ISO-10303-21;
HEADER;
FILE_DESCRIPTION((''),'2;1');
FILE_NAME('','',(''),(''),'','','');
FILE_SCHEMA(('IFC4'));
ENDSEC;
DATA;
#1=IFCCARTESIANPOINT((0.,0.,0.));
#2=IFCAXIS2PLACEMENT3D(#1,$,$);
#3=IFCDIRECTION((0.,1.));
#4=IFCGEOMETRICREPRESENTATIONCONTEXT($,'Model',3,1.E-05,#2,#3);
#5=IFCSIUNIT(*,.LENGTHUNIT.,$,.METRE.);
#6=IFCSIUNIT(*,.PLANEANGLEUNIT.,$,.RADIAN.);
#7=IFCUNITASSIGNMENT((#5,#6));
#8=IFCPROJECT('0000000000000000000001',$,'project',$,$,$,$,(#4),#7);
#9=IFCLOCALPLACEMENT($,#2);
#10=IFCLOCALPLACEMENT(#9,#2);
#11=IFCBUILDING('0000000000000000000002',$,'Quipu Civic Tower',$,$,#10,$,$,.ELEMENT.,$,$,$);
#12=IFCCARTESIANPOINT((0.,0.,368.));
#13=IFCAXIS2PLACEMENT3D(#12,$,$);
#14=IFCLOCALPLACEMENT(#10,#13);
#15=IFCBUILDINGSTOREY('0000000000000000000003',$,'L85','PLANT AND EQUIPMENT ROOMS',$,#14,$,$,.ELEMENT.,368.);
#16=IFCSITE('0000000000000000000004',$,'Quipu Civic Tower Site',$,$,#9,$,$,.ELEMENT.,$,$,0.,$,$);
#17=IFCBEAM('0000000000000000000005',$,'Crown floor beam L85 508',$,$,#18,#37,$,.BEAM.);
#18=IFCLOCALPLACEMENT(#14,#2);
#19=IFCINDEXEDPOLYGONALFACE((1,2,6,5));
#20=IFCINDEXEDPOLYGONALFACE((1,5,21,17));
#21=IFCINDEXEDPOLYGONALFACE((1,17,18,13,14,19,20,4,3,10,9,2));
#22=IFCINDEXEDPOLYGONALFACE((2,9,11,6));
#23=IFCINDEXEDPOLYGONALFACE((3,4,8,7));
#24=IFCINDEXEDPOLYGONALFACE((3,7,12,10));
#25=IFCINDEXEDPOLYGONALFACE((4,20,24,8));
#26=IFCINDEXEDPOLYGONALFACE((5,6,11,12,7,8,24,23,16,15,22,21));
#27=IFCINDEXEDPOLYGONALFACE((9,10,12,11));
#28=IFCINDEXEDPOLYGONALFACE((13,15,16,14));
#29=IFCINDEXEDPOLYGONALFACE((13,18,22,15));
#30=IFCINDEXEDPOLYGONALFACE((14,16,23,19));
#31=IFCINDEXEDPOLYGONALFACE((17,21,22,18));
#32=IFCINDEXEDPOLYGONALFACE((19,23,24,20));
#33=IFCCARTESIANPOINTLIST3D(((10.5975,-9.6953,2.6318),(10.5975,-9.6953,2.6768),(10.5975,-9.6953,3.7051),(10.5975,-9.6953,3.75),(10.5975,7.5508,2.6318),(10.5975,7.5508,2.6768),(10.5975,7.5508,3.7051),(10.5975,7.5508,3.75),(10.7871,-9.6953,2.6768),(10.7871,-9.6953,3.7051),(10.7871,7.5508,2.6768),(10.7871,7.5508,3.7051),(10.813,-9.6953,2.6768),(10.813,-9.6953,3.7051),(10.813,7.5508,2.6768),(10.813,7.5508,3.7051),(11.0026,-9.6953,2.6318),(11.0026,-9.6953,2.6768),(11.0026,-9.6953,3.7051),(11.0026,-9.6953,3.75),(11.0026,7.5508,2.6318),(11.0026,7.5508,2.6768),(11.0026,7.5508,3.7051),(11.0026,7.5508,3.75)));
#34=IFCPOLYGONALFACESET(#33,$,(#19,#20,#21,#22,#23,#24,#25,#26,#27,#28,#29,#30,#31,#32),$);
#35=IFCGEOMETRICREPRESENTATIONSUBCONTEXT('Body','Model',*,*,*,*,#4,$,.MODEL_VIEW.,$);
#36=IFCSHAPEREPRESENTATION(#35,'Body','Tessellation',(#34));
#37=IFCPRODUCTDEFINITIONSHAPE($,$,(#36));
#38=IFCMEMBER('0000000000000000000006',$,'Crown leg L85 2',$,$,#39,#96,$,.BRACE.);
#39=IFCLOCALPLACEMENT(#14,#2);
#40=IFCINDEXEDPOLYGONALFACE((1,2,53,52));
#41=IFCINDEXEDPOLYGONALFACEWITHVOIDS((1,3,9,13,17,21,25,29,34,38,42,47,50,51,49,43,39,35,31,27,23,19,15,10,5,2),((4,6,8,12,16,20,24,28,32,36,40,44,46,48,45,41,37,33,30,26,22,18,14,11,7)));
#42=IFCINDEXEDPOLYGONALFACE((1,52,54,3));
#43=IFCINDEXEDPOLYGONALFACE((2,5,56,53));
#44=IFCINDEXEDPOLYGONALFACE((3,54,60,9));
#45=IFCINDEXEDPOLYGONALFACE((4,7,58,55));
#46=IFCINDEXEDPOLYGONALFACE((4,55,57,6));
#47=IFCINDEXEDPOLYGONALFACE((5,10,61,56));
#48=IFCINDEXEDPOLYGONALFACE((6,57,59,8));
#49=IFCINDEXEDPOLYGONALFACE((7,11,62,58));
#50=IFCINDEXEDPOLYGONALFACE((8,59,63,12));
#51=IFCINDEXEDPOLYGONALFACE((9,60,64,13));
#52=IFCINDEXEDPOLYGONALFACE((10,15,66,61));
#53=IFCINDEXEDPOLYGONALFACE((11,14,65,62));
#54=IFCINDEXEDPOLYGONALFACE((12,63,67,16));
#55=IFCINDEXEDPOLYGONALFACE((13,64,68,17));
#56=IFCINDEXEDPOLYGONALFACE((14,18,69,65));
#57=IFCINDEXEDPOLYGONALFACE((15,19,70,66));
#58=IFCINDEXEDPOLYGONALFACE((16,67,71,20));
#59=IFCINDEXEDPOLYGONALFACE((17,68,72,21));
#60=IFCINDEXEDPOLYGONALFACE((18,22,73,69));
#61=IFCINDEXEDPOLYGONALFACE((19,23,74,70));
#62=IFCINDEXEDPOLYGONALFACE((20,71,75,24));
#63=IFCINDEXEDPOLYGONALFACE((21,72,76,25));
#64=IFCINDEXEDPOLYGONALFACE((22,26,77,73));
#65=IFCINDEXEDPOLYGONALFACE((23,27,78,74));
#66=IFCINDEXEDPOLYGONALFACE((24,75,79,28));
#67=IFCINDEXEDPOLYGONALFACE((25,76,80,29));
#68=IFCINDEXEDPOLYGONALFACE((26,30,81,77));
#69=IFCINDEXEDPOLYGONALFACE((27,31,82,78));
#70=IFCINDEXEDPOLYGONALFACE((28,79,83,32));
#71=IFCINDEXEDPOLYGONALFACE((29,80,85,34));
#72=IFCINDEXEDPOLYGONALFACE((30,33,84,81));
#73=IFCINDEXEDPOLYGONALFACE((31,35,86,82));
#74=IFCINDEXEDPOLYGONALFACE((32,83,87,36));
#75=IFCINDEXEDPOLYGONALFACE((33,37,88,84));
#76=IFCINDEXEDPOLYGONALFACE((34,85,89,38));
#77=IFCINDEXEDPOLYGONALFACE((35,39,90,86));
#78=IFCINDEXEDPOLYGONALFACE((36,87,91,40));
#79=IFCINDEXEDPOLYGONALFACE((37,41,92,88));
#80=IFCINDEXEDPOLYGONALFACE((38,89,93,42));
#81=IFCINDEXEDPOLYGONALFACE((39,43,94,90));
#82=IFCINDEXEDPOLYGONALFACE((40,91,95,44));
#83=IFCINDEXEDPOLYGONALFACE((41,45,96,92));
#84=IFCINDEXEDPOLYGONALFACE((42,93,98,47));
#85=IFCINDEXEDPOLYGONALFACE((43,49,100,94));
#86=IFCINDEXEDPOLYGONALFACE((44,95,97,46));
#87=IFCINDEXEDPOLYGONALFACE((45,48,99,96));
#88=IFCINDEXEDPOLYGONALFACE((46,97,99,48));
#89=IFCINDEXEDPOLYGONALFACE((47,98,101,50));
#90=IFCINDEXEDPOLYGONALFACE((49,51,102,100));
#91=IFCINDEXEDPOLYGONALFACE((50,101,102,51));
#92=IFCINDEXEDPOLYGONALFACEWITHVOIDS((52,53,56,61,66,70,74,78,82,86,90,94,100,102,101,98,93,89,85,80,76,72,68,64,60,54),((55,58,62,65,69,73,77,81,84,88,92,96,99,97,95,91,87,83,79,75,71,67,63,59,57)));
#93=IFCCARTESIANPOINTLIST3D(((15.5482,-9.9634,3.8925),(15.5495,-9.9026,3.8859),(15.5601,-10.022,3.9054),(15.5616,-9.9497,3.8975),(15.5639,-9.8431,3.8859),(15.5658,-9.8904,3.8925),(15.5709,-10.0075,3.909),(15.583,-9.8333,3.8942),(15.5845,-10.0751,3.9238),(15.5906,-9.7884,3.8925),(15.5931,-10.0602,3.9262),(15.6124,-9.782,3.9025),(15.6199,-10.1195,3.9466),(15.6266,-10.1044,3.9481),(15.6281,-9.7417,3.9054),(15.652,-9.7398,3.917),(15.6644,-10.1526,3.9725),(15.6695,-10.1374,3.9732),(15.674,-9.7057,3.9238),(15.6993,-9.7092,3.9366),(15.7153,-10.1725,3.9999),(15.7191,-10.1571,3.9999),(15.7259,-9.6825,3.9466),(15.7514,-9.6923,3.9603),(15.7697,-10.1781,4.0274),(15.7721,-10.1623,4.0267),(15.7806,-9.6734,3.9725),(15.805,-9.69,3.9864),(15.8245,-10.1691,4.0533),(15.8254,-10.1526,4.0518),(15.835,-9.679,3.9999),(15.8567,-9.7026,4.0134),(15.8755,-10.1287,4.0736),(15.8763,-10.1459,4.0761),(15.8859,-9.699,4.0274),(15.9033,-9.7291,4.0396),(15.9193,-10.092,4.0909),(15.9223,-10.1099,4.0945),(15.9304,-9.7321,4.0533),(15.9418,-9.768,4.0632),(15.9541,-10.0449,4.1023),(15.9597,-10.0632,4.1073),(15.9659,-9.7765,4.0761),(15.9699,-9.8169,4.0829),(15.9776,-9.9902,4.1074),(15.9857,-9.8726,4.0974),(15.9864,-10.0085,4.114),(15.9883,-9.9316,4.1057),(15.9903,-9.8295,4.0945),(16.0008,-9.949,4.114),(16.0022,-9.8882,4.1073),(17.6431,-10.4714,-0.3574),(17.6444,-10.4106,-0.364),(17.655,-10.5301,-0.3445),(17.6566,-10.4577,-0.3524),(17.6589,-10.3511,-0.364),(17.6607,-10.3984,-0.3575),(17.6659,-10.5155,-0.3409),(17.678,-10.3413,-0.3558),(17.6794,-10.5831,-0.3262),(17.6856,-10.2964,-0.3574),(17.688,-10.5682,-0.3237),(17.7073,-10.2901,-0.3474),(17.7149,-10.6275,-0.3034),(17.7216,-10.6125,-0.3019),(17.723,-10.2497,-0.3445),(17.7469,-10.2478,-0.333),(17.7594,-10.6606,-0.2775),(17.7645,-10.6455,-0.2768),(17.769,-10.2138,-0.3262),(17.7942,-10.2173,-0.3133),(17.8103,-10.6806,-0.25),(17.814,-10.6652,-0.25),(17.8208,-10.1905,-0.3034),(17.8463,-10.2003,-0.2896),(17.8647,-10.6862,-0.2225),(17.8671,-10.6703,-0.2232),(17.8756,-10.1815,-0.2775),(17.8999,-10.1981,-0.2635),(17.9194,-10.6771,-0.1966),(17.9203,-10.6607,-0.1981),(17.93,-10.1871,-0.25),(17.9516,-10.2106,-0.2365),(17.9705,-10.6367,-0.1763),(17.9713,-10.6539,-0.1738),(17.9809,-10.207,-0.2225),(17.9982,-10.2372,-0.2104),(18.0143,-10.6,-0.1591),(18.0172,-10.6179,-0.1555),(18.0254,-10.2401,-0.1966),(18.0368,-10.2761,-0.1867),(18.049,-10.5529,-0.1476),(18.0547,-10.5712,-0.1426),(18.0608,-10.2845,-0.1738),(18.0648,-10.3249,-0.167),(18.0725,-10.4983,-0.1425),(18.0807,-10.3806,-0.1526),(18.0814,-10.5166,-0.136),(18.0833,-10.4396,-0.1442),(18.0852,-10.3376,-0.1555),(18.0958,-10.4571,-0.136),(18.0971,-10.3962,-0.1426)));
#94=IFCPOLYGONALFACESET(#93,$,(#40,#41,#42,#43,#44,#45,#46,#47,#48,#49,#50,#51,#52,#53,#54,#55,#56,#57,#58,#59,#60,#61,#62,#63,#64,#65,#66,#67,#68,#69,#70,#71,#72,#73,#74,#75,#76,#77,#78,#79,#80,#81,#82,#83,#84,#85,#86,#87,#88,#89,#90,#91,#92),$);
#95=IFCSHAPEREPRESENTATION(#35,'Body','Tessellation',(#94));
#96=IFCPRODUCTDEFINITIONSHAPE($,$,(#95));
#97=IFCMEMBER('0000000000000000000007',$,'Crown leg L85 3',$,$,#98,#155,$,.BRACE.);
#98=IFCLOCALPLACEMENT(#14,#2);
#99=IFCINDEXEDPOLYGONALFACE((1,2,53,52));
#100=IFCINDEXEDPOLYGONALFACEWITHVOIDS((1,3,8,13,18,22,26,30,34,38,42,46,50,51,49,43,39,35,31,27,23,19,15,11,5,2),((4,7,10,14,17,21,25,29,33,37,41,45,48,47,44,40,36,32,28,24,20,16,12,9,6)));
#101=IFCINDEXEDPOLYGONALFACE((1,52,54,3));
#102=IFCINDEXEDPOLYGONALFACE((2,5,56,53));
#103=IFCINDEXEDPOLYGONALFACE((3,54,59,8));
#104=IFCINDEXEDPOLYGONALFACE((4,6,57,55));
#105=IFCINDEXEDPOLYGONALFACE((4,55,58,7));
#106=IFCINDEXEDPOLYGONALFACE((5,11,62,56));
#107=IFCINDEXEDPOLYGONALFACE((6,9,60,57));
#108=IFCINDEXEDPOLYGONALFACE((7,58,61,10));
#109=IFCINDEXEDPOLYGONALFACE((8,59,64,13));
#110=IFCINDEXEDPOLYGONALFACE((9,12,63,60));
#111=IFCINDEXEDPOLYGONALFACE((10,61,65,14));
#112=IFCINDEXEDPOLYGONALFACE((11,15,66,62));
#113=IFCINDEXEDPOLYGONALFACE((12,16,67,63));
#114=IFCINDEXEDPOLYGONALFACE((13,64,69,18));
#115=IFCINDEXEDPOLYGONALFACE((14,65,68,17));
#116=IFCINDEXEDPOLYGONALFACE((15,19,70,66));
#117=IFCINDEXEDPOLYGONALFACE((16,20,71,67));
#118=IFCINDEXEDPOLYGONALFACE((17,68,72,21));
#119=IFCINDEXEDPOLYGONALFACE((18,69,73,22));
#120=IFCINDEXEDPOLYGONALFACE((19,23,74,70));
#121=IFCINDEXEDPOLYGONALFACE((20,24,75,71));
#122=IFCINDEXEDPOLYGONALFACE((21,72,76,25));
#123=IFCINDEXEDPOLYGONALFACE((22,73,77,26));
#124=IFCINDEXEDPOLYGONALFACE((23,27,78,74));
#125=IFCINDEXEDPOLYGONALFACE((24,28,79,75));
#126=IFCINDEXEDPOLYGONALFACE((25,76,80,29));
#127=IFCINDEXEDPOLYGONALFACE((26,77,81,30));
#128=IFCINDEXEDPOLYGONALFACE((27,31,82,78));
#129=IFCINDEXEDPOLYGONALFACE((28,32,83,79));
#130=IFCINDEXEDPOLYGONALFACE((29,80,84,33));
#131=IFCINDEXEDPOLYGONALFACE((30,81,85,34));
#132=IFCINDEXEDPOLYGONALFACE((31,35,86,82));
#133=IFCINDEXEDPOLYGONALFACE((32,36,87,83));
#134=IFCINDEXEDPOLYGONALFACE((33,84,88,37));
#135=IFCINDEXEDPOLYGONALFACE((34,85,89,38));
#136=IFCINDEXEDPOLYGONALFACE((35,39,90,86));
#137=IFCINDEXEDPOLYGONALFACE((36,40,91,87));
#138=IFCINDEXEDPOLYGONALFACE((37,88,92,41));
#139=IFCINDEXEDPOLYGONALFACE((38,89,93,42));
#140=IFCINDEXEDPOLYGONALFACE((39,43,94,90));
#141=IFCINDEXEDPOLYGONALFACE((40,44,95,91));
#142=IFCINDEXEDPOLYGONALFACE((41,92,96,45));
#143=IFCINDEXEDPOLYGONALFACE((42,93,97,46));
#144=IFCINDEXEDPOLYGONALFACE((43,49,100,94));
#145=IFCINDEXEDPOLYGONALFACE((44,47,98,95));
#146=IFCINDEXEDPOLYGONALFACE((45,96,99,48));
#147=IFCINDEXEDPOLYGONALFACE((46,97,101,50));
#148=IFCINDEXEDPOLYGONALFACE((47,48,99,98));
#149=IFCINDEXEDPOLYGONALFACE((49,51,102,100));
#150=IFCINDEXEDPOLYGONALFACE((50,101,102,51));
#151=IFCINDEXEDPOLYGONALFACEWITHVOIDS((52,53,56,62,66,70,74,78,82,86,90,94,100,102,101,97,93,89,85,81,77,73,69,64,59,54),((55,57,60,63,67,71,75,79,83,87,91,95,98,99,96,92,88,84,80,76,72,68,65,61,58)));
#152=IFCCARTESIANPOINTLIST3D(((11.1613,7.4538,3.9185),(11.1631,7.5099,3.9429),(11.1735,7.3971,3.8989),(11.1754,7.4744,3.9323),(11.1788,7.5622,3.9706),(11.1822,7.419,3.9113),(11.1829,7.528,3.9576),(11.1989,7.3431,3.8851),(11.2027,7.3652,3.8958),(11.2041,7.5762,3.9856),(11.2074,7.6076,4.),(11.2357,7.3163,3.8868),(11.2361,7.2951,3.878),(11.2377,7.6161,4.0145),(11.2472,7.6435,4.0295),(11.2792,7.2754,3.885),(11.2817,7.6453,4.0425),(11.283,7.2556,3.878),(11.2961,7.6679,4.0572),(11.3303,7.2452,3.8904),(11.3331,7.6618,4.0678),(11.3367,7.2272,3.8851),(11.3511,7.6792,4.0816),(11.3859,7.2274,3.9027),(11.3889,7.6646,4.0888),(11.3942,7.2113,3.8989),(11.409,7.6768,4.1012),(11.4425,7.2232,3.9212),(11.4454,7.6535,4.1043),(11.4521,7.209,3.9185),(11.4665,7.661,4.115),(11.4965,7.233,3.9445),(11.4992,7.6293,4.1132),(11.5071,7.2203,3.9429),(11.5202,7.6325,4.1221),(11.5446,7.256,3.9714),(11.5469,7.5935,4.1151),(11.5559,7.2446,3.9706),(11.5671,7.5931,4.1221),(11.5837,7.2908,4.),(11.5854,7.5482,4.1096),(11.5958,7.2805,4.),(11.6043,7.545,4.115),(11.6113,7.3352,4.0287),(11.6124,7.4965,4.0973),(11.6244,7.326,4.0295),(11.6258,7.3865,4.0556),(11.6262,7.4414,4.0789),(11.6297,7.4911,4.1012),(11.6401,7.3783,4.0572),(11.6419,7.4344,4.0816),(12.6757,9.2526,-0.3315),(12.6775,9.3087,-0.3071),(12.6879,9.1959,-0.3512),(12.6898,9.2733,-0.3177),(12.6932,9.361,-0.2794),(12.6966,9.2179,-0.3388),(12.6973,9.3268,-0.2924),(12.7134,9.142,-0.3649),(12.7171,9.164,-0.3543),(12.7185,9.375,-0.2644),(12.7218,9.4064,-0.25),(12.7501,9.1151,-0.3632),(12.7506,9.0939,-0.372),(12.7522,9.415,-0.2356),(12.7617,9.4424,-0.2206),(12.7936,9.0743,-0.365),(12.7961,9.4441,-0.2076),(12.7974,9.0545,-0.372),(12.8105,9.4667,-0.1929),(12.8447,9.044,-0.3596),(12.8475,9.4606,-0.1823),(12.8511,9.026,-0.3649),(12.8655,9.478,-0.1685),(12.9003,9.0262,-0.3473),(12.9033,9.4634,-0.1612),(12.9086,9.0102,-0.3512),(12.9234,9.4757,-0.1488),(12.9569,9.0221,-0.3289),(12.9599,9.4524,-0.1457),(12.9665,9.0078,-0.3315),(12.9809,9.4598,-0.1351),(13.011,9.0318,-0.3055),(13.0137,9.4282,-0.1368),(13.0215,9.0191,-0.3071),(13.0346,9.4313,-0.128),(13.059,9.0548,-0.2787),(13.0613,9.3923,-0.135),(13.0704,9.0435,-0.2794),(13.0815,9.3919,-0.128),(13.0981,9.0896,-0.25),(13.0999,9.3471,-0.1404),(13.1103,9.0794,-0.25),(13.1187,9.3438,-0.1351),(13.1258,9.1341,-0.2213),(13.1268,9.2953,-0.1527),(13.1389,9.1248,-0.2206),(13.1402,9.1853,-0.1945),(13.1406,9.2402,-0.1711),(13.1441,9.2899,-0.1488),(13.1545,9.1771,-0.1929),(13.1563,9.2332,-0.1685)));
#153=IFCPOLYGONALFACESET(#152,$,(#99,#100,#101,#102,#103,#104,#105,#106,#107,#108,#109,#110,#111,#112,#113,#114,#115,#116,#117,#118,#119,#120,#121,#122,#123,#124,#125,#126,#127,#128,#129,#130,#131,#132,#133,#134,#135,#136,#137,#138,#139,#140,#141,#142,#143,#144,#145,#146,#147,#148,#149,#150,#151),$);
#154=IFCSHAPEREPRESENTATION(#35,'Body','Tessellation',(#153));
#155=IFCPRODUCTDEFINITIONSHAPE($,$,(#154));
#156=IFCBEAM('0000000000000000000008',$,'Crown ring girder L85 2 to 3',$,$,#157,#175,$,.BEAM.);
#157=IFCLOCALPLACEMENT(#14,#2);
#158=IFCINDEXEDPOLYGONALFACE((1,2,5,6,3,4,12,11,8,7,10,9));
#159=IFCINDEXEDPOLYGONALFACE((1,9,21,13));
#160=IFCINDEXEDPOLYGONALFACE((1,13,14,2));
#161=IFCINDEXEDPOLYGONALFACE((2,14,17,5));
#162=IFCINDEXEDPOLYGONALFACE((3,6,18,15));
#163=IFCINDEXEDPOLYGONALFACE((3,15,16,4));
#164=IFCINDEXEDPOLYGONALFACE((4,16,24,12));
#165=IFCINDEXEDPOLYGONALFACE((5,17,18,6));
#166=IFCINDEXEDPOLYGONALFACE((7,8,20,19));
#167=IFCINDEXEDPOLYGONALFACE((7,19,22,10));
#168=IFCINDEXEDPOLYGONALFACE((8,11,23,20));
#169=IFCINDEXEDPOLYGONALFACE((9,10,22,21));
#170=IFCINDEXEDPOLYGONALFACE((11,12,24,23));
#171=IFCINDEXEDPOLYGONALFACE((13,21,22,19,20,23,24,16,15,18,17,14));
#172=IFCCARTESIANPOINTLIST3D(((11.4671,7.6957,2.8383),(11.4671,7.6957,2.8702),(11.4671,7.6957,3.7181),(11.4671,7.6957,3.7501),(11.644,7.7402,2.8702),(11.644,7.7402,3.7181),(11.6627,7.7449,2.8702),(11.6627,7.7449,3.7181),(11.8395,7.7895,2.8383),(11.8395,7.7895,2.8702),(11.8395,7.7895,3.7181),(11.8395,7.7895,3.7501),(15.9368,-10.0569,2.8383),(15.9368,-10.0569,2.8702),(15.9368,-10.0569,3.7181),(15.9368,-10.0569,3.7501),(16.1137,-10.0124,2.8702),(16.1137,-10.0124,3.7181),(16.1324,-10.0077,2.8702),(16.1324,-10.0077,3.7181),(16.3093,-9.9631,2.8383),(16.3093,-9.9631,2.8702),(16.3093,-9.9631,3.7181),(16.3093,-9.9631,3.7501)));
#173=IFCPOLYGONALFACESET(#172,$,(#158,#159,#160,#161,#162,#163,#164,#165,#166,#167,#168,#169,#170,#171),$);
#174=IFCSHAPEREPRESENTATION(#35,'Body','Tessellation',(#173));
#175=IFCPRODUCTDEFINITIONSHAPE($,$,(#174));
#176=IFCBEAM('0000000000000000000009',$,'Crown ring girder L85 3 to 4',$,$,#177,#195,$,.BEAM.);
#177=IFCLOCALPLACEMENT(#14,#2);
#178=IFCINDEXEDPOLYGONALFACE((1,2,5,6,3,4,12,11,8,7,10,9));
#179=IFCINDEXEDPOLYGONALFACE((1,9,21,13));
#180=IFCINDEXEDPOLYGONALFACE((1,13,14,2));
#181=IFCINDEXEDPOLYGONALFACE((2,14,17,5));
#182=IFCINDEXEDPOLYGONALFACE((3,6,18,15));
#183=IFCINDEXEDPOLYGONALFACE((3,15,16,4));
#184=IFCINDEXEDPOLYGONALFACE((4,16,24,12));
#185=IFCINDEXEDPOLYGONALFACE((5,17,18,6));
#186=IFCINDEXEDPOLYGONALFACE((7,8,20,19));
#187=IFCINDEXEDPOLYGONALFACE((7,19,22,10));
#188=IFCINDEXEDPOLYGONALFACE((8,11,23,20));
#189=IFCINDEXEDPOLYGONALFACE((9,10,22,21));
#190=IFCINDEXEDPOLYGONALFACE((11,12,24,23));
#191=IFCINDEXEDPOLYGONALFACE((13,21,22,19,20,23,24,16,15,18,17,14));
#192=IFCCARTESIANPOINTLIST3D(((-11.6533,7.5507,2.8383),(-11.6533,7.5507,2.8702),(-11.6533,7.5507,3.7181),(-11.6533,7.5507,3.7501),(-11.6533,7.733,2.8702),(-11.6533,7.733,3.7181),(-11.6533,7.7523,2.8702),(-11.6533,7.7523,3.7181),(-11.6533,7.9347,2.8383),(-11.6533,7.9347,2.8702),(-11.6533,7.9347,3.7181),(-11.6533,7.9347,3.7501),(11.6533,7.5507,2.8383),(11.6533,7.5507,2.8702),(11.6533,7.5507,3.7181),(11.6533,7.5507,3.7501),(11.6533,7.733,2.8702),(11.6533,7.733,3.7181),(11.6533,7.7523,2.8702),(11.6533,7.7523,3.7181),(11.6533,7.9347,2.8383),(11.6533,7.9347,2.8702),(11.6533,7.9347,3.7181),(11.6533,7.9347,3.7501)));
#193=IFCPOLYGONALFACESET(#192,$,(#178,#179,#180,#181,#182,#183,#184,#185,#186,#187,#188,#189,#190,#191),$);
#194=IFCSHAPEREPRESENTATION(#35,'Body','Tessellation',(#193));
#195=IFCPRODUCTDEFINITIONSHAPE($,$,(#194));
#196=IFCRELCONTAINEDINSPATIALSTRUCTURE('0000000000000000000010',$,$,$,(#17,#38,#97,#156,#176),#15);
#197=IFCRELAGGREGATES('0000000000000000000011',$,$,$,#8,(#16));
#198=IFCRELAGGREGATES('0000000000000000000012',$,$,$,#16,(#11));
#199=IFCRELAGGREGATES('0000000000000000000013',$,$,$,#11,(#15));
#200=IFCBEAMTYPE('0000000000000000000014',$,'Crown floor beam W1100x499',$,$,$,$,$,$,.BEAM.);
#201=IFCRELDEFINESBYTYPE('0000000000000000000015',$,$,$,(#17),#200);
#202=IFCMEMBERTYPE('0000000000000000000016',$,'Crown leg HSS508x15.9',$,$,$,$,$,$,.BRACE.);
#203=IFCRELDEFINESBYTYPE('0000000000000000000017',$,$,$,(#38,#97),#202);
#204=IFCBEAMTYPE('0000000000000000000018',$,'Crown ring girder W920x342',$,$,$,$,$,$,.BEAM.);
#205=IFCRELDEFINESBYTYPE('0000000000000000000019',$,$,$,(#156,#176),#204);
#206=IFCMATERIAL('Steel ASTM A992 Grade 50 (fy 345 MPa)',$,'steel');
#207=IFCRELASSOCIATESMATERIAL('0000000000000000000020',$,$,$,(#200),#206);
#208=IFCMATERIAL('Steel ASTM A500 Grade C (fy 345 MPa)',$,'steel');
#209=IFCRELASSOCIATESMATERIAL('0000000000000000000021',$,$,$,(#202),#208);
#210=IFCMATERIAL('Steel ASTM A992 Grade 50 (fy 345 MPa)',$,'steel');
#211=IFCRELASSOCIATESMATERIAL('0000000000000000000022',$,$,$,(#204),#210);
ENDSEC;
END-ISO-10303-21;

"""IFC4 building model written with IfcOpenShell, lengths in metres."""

from ifc_helpers import new_model, si_unit, direction, frame, origin, origin_2d, place, context, subcontext, project, spatial, hollow_circle, i_section, extrude, material, material_profile, profile_set, type_object, element, save


model = new_model("IFC4")

# Units and contexts
model_context = context("Model", 3, precision=1e-05, world=origin(), true_north=direction((0.0, 1.0)))
body_context = subcontext(model_context, "Body", "Model", "MODEL_VIEW")
ifc_project = project(units=[si_unit("LENGTHUNIT", "METRE"), si_unit("PLANEANGLEUNIT", "RADIAN")], contexts=[model_context])

# Site, building, storey
site_placement = place(None, origin())
site = spatial("IfcSite", under=ifc_project, at=site_placement, Name="Quipu Civic Tower Site", CompositionType="ELEMENT", RefElevation=0.0)
building_placement = place(site_placement, origin())
building = spatial("IfcBuilding", under=site, at=building_placement, Name="Quipu Civic Tower", CompositionType="ELEMENT")
storey_placement = place(building_placement, frame((0.0, 0.0, 368.0)))
storey = spatial("IfcBuildingStorey", under=building, at=storey_placement, Name="L85", Description="PLANT AND EQUIPMENT ROOMS", CompositionType="ELEMENT", Elevation=368.0)

# Beam
ifc_material_1 = material(Name="Steel ASTM A992 Grade 50 (fy 345 MPa)", Category="steel")
ifc_material_profile_1 = material_profile(ifc_material_1, i_section(OverallWidth=0.405, OverallDepth=1.1182, WebThickness=0.0259, FlangeThickness=0.0449, at=origin_2d()), Name="W1100x499")
ifc_profile_set_1 = profile_set([ifc_material_profile_1], Name="Steel ASTM A992 Grade 50 (fy 345 MPa)")
beam_type_1 = type_object("IfcBeamType", Name="Crown floor beam W1100x499", PredefinedType="BEAM", material=ifc_profile_set_1)
beam_1_placement = place(storey_placement, frame((10.8, -9.6953, 3.1909), z_axis=(0.0, 1.0, 0.0), x_axis=(-1.0, 0.0, 0.0)))
element("IfcBeam", 1, at=beam_1_placement, inside=storey, type_object=beam_type_1, Name="Crown floor beam L85 508", PredefinedType="BEAM", context=body_context, shape_type="SweptSolid", body=[
    extrude(i_section(OverallWidth=0.405, OverallDepth=1.1182, WebThickness=0.0259, FlangeThickness=0.0449, at=origin_2d()), origin(), (0.0, 0.0, 1.0), 17.2461),
])

# Members
ifc_material_2 = material(Name="Steel ASTM A500 Grade C (fy 345 MPa)", Category="steel")
ifc_material_profile_2 = material_profile(ifc_material_2, hollow_circle(Radius=0.2539, WallThickness=0.0159, at=origin_2d()), Name="HSS508x15.9")
ifc_profile_set_2 = profile_set([ifc_material_profile_2], Name="Steel ASTM A500 Grade C (fy 345 MPa)")
member_type_1 = type_object("IfcMemberType", Name="Crown leg HSS508x15.9", PredefinedType="BRACE", material=ifc_profile_set_2)
member_1_placement = place(storey_placement, frame((17.8701, -10.4338, -0.25), z_axis=(-0.439616, 0.106612, 0.891836), x_axis=(-0.235681, -0.97183, 0.0)))
element("IfcMember", 2, at=member_1_placement, inside=storey, type_object=member_type_1, Name="Crown leg L85 2", PredefinedType="BRACE", context=body_context, shape_type="SweptSolid", body=[
    extrude(hollow_circle(Radius=0.2539, WallThickness=0.0159, at=origin_2d()), origin(), (0.0, 0.0, 1.0), 4.7654),
])
member_2_placement = place(storey_placement, frame((12.916, 9.2429, -0.25), z_axis=(-0.31179, -0.370348, 0.875002), x_axis=(0.764995, -0.644037, 0.0)))
element("IfcMember", 3, at=member_2_placement, inside=storey, type_object=member_type_1, Name="Crown leg L85 3", PredefinedType="BRACE", context=body_context, shape_type="SweptSolid", body=[
    extrude(hollow_circle(Radius=0.2539, WallThickness=0.0159, at=origin_2d()), origin(), (0.0, 0.0, 1.0), 4.8572),
])

# Beams
ifc_material_3 = material(Name="Steel ASTM A992 Grade 50 (fy 345 MPa)", Category="steel")
ifc_material_profile_3 = material_profile(ifc_material_3, i_section(OverallWidth=0.384, OverallDepth=0.9119, WebThickness=0.0193, FlangeThickness=0.032, at=origin_2d()), Name="W920x342")
ifc_profile_set_3 = profile_set([ifc_material_profile_3], Name="Steel ASTM A992 Grade 50 (fy 345 MPa)")
beam_type_2 = type_object("IfcBeamType", Name="Crown ring girder W920x342", PredefinedType="BEAM", material=ifc_profile_set_3)
beam_2_placement = place(storey_placement, frame((16.123, -10.01, 3.2942), z_axis=(-0.244158, 0.969736, 0.0), x_axis=(-0.969736, -0.244158, 0.0)))
element("IfcBeam", 4, at=beam_2_placement, inside=storey, type_object=beam_type_2, Name="Crown ring girder L85 2 to 3", PredefinedType="BEAM", context=body_context, shape_type="SweptSolid", body=[
    extrude(i_section(OverallWidth=0.384, OverallDepth=0.9119, WebThickness=0.0193, FlangeThickness=0.032, at=origin_2d()), origin(), (0.0, 0.0, 1.0), 18.3066),
])
beam_3_placement = place(storey_placement, frame((11.6533, 7.7427, 3.2942), z_axis=(-1.0, 0.0, 0.0), x_axis=(0.0, -1.0, 0.0)))
element("IfcBeam", 5, at=beam_3_placement, inside=storey, type_object=beam_type_2, Name="Crown ring girder L85 3 to 4", PredefinedType="BEAM", context=body_context, shape_type="SweptSolid", body=[
    extrude(i_section(OverallWidth=0.384, OverallDepth=0.9119, WebThickness=0.0193, FlangeThickness=0.032, at=origin_2d()), origin(), (0.0, 0.0, 1.0), 23.3066),
])

save(model, "model.ifc")
